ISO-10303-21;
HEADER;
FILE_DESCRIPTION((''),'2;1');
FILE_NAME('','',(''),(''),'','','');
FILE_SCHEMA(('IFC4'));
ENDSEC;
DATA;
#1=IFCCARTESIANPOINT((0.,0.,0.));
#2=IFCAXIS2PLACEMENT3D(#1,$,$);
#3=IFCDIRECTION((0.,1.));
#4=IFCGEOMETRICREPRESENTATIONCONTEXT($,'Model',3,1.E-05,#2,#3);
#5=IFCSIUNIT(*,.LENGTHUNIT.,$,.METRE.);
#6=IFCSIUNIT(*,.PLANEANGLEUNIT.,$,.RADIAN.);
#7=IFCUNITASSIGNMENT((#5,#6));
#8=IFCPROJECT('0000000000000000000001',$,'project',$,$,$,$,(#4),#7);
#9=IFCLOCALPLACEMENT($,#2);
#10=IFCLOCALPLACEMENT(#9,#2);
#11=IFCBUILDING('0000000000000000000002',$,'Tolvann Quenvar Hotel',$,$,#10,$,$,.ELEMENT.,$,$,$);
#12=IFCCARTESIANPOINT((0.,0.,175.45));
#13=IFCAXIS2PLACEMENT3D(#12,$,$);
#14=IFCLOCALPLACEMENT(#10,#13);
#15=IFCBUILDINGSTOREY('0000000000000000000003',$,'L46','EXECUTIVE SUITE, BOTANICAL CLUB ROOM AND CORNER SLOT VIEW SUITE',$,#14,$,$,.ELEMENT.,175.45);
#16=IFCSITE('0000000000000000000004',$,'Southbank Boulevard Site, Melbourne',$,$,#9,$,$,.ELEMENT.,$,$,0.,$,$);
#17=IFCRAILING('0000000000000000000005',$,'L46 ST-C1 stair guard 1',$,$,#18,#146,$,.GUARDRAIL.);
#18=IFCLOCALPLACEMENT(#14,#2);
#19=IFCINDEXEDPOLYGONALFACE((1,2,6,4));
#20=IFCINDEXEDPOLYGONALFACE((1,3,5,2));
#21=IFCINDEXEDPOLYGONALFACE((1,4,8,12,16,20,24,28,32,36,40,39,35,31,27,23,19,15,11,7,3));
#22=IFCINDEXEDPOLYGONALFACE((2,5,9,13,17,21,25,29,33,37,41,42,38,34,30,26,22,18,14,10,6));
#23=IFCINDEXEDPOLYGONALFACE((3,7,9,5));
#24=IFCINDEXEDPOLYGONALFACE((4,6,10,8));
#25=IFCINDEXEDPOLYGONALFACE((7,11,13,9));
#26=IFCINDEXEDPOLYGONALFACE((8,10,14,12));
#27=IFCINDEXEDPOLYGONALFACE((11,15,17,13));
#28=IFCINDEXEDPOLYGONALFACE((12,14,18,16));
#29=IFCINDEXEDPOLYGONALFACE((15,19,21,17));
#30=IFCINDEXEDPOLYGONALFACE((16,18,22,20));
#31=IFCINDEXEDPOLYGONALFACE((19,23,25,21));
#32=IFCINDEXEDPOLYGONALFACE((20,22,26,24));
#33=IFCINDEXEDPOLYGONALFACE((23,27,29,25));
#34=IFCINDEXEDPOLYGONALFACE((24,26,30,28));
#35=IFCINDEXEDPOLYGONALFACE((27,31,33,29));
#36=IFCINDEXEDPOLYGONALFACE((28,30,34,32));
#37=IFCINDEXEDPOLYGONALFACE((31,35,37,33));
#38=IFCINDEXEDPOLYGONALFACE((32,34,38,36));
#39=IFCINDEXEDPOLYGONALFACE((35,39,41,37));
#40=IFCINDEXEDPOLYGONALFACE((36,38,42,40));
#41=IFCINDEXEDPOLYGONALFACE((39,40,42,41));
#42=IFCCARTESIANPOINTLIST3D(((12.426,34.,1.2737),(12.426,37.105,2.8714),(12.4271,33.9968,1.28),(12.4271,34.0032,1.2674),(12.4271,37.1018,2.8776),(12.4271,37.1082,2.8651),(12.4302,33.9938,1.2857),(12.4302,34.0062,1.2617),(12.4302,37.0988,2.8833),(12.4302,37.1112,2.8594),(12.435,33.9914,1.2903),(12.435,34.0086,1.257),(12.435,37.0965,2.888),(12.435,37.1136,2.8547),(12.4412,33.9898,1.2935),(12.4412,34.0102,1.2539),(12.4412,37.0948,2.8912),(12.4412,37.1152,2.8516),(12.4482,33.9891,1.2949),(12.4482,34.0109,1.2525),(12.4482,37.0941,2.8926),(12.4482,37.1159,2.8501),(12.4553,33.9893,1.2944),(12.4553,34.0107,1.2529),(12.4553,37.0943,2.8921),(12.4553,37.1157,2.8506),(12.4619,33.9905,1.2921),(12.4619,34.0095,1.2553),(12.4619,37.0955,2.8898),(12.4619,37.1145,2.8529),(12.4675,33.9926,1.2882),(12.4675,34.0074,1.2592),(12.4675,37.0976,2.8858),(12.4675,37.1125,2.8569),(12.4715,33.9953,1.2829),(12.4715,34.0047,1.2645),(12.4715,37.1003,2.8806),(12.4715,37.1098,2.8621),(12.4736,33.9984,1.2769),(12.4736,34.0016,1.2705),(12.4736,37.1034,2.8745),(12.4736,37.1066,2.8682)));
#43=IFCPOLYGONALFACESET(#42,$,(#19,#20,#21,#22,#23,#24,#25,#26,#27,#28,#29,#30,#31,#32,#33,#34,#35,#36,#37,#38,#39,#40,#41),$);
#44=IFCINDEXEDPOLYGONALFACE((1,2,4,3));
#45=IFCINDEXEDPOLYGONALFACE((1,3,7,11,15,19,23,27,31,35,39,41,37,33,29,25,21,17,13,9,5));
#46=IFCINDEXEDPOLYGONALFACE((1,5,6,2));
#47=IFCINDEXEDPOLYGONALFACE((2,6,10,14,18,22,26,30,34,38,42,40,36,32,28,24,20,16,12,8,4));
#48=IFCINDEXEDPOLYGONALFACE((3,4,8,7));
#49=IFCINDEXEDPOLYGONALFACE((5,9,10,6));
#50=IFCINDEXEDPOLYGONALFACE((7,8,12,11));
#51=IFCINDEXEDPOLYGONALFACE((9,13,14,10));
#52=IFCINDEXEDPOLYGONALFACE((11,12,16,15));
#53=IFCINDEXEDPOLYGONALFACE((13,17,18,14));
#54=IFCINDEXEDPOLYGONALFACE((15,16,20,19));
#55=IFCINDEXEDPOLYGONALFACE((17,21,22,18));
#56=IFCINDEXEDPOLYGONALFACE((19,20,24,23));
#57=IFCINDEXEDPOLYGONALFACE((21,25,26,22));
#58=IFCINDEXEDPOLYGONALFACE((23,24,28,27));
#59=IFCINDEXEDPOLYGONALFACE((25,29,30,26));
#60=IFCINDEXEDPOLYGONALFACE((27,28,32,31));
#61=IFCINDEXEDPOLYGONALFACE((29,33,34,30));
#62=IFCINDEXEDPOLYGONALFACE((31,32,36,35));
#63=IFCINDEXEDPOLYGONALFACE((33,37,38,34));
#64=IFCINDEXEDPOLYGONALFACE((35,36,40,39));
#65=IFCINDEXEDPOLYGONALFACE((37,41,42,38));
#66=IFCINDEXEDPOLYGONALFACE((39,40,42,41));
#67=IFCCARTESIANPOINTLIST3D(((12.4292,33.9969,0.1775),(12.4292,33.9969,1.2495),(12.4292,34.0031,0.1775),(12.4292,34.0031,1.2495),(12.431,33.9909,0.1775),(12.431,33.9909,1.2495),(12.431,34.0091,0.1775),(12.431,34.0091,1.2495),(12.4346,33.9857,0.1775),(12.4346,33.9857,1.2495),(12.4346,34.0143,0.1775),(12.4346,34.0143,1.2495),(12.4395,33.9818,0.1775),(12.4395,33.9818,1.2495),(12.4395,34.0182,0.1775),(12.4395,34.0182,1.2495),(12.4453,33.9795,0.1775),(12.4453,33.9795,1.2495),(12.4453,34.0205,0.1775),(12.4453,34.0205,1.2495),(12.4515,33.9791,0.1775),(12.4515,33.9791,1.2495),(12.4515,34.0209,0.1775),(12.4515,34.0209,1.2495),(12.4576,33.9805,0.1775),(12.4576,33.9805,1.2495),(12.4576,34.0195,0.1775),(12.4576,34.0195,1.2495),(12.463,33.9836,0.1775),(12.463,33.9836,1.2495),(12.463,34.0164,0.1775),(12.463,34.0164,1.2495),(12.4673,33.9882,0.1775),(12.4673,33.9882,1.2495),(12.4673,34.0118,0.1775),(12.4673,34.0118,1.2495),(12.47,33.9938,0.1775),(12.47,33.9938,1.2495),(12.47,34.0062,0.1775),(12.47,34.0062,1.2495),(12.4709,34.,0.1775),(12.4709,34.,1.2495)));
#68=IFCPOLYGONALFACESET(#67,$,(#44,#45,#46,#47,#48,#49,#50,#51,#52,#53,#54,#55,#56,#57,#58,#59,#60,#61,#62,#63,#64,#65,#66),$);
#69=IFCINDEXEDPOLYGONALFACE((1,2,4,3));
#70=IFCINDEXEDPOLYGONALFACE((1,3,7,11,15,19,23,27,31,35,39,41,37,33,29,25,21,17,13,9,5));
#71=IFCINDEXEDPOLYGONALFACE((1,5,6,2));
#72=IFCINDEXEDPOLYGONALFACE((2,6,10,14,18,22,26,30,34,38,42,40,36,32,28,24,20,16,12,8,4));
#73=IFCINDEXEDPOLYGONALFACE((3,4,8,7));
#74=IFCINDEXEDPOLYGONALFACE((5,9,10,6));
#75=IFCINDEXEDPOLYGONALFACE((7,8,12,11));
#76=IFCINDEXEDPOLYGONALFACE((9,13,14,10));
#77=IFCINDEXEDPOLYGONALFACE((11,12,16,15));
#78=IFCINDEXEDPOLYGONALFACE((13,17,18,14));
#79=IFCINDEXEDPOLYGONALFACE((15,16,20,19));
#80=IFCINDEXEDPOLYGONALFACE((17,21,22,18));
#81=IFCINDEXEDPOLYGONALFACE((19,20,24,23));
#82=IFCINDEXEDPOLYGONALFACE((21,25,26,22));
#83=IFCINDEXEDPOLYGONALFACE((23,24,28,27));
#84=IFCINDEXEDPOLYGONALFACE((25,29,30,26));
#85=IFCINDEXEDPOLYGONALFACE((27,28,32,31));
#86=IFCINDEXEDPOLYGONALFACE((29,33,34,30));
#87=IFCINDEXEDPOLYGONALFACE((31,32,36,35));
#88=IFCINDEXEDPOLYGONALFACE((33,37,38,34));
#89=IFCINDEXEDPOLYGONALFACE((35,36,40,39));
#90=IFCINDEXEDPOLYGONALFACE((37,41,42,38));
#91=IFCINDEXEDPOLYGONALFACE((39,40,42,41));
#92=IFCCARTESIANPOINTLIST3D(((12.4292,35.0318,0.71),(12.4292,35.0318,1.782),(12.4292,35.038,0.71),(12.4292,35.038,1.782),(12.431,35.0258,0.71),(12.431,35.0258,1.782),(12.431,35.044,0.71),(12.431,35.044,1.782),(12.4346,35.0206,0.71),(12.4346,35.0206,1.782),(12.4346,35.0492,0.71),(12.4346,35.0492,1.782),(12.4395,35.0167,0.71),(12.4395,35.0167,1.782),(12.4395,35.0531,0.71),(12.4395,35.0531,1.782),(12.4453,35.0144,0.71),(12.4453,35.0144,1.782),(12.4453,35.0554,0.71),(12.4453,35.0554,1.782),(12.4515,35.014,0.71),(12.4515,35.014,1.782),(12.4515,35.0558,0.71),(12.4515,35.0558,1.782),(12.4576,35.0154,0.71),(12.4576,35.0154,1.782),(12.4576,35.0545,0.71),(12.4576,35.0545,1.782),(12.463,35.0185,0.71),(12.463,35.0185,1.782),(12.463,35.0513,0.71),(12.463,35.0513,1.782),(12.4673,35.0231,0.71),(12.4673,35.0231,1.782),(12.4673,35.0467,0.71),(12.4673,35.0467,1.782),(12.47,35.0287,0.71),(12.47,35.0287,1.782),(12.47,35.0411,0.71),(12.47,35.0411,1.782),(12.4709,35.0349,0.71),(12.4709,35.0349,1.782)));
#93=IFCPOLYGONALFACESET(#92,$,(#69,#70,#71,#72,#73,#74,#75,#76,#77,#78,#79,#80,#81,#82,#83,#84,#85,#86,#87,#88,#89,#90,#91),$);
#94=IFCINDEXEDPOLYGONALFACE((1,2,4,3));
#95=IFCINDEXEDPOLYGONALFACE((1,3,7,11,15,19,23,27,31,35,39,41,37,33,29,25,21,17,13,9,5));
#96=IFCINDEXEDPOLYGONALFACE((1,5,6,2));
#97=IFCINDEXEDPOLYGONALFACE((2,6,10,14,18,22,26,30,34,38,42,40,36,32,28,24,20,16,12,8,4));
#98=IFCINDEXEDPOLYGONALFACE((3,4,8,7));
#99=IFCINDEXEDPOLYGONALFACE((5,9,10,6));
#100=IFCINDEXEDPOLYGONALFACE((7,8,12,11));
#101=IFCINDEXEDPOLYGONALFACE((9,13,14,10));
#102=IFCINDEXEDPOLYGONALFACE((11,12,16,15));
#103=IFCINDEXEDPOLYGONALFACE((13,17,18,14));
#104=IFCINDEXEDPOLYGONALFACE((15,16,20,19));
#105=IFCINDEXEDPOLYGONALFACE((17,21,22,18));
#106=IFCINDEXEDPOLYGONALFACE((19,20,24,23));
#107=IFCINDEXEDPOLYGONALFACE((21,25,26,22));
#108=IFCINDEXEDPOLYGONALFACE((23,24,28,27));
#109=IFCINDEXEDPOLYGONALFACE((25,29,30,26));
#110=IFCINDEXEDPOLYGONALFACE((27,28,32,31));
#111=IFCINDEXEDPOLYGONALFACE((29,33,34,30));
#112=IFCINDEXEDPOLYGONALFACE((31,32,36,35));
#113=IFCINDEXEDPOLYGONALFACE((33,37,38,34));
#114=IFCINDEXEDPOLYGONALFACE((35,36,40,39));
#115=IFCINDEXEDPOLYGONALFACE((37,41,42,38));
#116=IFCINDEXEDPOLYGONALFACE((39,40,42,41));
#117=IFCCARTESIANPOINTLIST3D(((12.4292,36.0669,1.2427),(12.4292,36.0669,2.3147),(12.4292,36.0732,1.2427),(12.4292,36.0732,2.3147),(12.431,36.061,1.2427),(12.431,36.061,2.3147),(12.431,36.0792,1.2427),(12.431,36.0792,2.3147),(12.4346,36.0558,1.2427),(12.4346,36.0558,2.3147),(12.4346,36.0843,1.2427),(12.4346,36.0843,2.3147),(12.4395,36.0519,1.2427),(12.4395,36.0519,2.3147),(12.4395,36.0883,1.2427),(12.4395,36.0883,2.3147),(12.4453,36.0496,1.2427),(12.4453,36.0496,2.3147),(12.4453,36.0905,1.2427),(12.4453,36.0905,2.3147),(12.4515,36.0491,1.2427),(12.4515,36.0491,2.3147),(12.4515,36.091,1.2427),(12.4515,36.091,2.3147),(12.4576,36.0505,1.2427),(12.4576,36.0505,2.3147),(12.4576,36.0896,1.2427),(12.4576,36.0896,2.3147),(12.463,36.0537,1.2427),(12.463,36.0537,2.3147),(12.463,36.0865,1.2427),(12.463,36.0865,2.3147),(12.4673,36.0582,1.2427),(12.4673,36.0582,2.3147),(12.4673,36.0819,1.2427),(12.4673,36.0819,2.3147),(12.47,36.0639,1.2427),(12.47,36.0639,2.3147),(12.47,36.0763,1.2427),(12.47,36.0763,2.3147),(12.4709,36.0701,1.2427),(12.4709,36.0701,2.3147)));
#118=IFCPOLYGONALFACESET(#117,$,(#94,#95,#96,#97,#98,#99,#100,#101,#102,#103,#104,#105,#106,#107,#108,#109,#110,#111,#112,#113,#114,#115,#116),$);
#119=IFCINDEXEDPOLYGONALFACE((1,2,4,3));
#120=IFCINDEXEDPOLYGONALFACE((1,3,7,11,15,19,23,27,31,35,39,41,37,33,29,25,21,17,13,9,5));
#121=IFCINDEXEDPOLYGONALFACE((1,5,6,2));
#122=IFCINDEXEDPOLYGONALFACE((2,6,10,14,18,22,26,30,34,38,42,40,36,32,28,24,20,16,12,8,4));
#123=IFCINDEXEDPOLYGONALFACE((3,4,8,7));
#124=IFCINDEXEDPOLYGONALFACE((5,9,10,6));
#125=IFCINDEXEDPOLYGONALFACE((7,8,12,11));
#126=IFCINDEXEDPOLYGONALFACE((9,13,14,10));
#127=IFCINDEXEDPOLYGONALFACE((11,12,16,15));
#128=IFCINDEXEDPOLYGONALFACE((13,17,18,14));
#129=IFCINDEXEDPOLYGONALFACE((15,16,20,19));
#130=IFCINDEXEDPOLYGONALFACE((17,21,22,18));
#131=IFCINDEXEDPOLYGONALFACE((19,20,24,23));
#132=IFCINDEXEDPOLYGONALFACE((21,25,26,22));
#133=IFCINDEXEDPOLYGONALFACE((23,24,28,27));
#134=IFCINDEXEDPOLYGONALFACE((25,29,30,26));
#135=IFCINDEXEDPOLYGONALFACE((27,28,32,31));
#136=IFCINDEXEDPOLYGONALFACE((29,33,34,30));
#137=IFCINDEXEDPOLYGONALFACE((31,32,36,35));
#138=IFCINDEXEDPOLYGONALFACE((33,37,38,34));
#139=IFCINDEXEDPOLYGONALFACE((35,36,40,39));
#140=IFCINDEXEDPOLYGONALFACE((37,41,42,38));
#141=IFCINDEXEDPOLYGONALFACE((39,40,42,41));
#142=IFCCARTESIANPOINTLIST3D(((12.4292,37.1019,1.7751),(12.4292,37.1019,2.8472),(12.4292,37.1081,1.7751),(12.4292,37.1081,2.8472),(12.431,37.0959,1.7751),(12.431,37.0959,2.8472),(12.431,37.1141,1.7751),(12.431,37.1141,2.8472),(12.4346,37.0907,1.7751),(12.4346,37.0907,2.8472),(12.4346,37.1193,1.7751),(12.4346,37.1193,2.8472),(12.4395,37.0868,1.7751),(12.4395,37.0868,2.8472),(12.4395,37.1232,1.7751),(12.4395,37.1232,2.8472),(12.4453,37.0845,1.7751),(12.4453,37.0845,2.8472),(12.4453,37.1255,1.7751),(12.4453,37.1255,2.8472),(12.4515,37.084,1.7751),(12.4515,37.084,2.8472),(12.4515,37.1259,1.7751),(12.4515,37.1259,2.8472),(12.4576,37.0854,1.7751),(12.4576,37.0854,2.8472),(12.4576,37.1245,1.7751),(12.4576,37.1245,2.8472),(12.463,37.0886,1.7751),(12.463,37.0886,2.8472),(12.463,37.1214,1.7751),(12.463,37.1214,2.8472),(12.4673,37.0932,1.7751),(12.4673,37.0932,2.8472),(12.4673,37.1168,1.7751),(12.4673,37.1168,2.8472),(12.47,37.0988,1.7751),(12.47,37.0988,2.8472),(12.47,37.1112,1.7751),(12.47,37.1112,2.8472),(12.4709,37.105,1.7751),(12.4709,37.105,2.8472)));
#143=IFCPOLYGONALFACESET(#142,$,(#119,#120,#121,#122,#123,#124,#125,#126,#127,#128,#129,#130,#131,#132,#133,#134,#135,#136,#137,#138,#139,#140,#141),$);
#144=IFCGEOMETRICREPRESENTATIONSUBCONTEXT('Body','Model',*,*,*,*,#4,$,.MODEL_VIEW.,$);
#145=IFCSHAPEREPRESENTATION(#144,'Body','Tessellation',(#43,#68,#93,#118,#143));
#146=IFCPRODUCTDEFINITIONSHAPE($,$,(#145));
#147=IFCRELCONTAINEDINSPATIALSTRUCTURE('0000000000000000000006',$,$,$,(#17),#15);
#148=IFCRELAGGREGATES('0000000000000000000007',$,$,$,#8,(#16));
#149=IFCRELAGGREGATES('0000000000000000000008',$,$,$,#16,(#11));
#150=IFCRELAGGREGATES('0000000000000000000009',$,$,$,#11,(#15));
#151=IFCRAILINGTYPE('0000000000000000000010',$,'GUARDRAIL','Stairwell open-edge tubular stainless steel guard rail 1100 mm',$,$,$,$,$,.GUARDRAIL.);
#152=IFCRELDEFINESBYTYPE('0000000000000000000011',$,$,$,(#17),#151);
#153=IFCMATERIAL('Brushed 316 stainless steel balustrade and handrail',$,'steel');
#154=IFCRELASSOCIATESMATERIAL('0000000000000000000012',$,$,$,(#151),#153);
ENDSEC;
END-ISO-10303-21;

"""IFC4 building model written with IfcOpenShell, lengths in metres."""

from ifc_helpers import new_model, si_unit, direction, frame, origin, origin_2d, place, context, subcontext, project, spatial, circle, extrude, material, type_object, element, save


model = new_model("IFC4")

# Units and contexts
model_context = context("Model", 3, precision=1e-05, world=origin(), true_north=direction((0.0, 1.0)))
body_context = subcontext(model_context, "Body", "Model", "MODEL_VIEW")
ifc_project = project(units=[si_unit("LENGTHUNIT", "METRE"), si_unit("PLANEANGLEUNIT", "RADIAN")], contexts=[model_context])

# Site, building, storey
site_placement = place(None, origin())
site = spatial("IfcSite", under=ifc_project, at=site_placement, Name="Southbank Boulevard Site, Melbourne", CompositionType="ELEMENT", RefElevation=0.0)
building_placement = place(site_placement, origin())
building = spatial("IfcBuilding", under=site, at=building_placement, Name="Tolvann Quenvar Hotel", CompositionType="ELEMENT")
storey_placement = place(building_placement, frame((0.0, 0.0, 175.45)))
storey = spatial("IfcBuildingStorey", under=building, at=storey_placement, Name="L46", Description="EXECUTIVE SUITE, BOTANICAL CLUB ROOM AND CORNER SLOT VIEW SUITE", CompositionType="ELEMENT", Elevation=175.45)

# Railing
ifc_material_1 = material(Name="Brushed 316 stainless steel balustrade and handrail", Category="steel")
railing_type_1 = type_object("IfcRailingType", Name="GUARDRAIL", Description="Stairwell open-edge tubular stainless steel guard rail 1100 mm", PredefinedType="GUARDRAIL", material=ifc_material_1)
railing_1_placement = place(storey_placement, frame((12.45, 34.0, 0.1775)))
element("IfcRailing", 1, at=railing_1_placement, inside=storey, type_object=railing_type_1, Name="L46 ST-C1 stair guard 1", PredefinedType="GUARDRAIL", context=body_context, shape_type="SweptSolid", body=[
    extrude(circle(Radius=0.0239, at=origin_2d()), frame((0.0, 0.0, 1.0962), z_axis=(0.0, 0.889194, 0.457531), x_axis=(-1.0, 0.0, 0.0)), (0.0, 0.0, 1.0), 3.4919),
    extrude(circle(Radius=0.021, at=origin_2d()), origin(), (0.0, 0.0, 1.0), 1.072),
    extrude(circle(Radius=0.021, at=origin_2d()), frame((0.0, 1.0349, 0.5325)), (0.0, 0.0, 1.0), 1.072),
    extrude(circle(Radius=0.021, at=origin_2d()), frame((0.0, 2.0701, 1.0652)), (0.0, 0.0, 1.0), 1.072),
    extrude(circle(Radius=0.021, at=origin_2d()), frame((0.0, 3.105, 1.5977)), (0.0, 0.0, 1.0), 1.072),
])

save(model, "model.ifc")
